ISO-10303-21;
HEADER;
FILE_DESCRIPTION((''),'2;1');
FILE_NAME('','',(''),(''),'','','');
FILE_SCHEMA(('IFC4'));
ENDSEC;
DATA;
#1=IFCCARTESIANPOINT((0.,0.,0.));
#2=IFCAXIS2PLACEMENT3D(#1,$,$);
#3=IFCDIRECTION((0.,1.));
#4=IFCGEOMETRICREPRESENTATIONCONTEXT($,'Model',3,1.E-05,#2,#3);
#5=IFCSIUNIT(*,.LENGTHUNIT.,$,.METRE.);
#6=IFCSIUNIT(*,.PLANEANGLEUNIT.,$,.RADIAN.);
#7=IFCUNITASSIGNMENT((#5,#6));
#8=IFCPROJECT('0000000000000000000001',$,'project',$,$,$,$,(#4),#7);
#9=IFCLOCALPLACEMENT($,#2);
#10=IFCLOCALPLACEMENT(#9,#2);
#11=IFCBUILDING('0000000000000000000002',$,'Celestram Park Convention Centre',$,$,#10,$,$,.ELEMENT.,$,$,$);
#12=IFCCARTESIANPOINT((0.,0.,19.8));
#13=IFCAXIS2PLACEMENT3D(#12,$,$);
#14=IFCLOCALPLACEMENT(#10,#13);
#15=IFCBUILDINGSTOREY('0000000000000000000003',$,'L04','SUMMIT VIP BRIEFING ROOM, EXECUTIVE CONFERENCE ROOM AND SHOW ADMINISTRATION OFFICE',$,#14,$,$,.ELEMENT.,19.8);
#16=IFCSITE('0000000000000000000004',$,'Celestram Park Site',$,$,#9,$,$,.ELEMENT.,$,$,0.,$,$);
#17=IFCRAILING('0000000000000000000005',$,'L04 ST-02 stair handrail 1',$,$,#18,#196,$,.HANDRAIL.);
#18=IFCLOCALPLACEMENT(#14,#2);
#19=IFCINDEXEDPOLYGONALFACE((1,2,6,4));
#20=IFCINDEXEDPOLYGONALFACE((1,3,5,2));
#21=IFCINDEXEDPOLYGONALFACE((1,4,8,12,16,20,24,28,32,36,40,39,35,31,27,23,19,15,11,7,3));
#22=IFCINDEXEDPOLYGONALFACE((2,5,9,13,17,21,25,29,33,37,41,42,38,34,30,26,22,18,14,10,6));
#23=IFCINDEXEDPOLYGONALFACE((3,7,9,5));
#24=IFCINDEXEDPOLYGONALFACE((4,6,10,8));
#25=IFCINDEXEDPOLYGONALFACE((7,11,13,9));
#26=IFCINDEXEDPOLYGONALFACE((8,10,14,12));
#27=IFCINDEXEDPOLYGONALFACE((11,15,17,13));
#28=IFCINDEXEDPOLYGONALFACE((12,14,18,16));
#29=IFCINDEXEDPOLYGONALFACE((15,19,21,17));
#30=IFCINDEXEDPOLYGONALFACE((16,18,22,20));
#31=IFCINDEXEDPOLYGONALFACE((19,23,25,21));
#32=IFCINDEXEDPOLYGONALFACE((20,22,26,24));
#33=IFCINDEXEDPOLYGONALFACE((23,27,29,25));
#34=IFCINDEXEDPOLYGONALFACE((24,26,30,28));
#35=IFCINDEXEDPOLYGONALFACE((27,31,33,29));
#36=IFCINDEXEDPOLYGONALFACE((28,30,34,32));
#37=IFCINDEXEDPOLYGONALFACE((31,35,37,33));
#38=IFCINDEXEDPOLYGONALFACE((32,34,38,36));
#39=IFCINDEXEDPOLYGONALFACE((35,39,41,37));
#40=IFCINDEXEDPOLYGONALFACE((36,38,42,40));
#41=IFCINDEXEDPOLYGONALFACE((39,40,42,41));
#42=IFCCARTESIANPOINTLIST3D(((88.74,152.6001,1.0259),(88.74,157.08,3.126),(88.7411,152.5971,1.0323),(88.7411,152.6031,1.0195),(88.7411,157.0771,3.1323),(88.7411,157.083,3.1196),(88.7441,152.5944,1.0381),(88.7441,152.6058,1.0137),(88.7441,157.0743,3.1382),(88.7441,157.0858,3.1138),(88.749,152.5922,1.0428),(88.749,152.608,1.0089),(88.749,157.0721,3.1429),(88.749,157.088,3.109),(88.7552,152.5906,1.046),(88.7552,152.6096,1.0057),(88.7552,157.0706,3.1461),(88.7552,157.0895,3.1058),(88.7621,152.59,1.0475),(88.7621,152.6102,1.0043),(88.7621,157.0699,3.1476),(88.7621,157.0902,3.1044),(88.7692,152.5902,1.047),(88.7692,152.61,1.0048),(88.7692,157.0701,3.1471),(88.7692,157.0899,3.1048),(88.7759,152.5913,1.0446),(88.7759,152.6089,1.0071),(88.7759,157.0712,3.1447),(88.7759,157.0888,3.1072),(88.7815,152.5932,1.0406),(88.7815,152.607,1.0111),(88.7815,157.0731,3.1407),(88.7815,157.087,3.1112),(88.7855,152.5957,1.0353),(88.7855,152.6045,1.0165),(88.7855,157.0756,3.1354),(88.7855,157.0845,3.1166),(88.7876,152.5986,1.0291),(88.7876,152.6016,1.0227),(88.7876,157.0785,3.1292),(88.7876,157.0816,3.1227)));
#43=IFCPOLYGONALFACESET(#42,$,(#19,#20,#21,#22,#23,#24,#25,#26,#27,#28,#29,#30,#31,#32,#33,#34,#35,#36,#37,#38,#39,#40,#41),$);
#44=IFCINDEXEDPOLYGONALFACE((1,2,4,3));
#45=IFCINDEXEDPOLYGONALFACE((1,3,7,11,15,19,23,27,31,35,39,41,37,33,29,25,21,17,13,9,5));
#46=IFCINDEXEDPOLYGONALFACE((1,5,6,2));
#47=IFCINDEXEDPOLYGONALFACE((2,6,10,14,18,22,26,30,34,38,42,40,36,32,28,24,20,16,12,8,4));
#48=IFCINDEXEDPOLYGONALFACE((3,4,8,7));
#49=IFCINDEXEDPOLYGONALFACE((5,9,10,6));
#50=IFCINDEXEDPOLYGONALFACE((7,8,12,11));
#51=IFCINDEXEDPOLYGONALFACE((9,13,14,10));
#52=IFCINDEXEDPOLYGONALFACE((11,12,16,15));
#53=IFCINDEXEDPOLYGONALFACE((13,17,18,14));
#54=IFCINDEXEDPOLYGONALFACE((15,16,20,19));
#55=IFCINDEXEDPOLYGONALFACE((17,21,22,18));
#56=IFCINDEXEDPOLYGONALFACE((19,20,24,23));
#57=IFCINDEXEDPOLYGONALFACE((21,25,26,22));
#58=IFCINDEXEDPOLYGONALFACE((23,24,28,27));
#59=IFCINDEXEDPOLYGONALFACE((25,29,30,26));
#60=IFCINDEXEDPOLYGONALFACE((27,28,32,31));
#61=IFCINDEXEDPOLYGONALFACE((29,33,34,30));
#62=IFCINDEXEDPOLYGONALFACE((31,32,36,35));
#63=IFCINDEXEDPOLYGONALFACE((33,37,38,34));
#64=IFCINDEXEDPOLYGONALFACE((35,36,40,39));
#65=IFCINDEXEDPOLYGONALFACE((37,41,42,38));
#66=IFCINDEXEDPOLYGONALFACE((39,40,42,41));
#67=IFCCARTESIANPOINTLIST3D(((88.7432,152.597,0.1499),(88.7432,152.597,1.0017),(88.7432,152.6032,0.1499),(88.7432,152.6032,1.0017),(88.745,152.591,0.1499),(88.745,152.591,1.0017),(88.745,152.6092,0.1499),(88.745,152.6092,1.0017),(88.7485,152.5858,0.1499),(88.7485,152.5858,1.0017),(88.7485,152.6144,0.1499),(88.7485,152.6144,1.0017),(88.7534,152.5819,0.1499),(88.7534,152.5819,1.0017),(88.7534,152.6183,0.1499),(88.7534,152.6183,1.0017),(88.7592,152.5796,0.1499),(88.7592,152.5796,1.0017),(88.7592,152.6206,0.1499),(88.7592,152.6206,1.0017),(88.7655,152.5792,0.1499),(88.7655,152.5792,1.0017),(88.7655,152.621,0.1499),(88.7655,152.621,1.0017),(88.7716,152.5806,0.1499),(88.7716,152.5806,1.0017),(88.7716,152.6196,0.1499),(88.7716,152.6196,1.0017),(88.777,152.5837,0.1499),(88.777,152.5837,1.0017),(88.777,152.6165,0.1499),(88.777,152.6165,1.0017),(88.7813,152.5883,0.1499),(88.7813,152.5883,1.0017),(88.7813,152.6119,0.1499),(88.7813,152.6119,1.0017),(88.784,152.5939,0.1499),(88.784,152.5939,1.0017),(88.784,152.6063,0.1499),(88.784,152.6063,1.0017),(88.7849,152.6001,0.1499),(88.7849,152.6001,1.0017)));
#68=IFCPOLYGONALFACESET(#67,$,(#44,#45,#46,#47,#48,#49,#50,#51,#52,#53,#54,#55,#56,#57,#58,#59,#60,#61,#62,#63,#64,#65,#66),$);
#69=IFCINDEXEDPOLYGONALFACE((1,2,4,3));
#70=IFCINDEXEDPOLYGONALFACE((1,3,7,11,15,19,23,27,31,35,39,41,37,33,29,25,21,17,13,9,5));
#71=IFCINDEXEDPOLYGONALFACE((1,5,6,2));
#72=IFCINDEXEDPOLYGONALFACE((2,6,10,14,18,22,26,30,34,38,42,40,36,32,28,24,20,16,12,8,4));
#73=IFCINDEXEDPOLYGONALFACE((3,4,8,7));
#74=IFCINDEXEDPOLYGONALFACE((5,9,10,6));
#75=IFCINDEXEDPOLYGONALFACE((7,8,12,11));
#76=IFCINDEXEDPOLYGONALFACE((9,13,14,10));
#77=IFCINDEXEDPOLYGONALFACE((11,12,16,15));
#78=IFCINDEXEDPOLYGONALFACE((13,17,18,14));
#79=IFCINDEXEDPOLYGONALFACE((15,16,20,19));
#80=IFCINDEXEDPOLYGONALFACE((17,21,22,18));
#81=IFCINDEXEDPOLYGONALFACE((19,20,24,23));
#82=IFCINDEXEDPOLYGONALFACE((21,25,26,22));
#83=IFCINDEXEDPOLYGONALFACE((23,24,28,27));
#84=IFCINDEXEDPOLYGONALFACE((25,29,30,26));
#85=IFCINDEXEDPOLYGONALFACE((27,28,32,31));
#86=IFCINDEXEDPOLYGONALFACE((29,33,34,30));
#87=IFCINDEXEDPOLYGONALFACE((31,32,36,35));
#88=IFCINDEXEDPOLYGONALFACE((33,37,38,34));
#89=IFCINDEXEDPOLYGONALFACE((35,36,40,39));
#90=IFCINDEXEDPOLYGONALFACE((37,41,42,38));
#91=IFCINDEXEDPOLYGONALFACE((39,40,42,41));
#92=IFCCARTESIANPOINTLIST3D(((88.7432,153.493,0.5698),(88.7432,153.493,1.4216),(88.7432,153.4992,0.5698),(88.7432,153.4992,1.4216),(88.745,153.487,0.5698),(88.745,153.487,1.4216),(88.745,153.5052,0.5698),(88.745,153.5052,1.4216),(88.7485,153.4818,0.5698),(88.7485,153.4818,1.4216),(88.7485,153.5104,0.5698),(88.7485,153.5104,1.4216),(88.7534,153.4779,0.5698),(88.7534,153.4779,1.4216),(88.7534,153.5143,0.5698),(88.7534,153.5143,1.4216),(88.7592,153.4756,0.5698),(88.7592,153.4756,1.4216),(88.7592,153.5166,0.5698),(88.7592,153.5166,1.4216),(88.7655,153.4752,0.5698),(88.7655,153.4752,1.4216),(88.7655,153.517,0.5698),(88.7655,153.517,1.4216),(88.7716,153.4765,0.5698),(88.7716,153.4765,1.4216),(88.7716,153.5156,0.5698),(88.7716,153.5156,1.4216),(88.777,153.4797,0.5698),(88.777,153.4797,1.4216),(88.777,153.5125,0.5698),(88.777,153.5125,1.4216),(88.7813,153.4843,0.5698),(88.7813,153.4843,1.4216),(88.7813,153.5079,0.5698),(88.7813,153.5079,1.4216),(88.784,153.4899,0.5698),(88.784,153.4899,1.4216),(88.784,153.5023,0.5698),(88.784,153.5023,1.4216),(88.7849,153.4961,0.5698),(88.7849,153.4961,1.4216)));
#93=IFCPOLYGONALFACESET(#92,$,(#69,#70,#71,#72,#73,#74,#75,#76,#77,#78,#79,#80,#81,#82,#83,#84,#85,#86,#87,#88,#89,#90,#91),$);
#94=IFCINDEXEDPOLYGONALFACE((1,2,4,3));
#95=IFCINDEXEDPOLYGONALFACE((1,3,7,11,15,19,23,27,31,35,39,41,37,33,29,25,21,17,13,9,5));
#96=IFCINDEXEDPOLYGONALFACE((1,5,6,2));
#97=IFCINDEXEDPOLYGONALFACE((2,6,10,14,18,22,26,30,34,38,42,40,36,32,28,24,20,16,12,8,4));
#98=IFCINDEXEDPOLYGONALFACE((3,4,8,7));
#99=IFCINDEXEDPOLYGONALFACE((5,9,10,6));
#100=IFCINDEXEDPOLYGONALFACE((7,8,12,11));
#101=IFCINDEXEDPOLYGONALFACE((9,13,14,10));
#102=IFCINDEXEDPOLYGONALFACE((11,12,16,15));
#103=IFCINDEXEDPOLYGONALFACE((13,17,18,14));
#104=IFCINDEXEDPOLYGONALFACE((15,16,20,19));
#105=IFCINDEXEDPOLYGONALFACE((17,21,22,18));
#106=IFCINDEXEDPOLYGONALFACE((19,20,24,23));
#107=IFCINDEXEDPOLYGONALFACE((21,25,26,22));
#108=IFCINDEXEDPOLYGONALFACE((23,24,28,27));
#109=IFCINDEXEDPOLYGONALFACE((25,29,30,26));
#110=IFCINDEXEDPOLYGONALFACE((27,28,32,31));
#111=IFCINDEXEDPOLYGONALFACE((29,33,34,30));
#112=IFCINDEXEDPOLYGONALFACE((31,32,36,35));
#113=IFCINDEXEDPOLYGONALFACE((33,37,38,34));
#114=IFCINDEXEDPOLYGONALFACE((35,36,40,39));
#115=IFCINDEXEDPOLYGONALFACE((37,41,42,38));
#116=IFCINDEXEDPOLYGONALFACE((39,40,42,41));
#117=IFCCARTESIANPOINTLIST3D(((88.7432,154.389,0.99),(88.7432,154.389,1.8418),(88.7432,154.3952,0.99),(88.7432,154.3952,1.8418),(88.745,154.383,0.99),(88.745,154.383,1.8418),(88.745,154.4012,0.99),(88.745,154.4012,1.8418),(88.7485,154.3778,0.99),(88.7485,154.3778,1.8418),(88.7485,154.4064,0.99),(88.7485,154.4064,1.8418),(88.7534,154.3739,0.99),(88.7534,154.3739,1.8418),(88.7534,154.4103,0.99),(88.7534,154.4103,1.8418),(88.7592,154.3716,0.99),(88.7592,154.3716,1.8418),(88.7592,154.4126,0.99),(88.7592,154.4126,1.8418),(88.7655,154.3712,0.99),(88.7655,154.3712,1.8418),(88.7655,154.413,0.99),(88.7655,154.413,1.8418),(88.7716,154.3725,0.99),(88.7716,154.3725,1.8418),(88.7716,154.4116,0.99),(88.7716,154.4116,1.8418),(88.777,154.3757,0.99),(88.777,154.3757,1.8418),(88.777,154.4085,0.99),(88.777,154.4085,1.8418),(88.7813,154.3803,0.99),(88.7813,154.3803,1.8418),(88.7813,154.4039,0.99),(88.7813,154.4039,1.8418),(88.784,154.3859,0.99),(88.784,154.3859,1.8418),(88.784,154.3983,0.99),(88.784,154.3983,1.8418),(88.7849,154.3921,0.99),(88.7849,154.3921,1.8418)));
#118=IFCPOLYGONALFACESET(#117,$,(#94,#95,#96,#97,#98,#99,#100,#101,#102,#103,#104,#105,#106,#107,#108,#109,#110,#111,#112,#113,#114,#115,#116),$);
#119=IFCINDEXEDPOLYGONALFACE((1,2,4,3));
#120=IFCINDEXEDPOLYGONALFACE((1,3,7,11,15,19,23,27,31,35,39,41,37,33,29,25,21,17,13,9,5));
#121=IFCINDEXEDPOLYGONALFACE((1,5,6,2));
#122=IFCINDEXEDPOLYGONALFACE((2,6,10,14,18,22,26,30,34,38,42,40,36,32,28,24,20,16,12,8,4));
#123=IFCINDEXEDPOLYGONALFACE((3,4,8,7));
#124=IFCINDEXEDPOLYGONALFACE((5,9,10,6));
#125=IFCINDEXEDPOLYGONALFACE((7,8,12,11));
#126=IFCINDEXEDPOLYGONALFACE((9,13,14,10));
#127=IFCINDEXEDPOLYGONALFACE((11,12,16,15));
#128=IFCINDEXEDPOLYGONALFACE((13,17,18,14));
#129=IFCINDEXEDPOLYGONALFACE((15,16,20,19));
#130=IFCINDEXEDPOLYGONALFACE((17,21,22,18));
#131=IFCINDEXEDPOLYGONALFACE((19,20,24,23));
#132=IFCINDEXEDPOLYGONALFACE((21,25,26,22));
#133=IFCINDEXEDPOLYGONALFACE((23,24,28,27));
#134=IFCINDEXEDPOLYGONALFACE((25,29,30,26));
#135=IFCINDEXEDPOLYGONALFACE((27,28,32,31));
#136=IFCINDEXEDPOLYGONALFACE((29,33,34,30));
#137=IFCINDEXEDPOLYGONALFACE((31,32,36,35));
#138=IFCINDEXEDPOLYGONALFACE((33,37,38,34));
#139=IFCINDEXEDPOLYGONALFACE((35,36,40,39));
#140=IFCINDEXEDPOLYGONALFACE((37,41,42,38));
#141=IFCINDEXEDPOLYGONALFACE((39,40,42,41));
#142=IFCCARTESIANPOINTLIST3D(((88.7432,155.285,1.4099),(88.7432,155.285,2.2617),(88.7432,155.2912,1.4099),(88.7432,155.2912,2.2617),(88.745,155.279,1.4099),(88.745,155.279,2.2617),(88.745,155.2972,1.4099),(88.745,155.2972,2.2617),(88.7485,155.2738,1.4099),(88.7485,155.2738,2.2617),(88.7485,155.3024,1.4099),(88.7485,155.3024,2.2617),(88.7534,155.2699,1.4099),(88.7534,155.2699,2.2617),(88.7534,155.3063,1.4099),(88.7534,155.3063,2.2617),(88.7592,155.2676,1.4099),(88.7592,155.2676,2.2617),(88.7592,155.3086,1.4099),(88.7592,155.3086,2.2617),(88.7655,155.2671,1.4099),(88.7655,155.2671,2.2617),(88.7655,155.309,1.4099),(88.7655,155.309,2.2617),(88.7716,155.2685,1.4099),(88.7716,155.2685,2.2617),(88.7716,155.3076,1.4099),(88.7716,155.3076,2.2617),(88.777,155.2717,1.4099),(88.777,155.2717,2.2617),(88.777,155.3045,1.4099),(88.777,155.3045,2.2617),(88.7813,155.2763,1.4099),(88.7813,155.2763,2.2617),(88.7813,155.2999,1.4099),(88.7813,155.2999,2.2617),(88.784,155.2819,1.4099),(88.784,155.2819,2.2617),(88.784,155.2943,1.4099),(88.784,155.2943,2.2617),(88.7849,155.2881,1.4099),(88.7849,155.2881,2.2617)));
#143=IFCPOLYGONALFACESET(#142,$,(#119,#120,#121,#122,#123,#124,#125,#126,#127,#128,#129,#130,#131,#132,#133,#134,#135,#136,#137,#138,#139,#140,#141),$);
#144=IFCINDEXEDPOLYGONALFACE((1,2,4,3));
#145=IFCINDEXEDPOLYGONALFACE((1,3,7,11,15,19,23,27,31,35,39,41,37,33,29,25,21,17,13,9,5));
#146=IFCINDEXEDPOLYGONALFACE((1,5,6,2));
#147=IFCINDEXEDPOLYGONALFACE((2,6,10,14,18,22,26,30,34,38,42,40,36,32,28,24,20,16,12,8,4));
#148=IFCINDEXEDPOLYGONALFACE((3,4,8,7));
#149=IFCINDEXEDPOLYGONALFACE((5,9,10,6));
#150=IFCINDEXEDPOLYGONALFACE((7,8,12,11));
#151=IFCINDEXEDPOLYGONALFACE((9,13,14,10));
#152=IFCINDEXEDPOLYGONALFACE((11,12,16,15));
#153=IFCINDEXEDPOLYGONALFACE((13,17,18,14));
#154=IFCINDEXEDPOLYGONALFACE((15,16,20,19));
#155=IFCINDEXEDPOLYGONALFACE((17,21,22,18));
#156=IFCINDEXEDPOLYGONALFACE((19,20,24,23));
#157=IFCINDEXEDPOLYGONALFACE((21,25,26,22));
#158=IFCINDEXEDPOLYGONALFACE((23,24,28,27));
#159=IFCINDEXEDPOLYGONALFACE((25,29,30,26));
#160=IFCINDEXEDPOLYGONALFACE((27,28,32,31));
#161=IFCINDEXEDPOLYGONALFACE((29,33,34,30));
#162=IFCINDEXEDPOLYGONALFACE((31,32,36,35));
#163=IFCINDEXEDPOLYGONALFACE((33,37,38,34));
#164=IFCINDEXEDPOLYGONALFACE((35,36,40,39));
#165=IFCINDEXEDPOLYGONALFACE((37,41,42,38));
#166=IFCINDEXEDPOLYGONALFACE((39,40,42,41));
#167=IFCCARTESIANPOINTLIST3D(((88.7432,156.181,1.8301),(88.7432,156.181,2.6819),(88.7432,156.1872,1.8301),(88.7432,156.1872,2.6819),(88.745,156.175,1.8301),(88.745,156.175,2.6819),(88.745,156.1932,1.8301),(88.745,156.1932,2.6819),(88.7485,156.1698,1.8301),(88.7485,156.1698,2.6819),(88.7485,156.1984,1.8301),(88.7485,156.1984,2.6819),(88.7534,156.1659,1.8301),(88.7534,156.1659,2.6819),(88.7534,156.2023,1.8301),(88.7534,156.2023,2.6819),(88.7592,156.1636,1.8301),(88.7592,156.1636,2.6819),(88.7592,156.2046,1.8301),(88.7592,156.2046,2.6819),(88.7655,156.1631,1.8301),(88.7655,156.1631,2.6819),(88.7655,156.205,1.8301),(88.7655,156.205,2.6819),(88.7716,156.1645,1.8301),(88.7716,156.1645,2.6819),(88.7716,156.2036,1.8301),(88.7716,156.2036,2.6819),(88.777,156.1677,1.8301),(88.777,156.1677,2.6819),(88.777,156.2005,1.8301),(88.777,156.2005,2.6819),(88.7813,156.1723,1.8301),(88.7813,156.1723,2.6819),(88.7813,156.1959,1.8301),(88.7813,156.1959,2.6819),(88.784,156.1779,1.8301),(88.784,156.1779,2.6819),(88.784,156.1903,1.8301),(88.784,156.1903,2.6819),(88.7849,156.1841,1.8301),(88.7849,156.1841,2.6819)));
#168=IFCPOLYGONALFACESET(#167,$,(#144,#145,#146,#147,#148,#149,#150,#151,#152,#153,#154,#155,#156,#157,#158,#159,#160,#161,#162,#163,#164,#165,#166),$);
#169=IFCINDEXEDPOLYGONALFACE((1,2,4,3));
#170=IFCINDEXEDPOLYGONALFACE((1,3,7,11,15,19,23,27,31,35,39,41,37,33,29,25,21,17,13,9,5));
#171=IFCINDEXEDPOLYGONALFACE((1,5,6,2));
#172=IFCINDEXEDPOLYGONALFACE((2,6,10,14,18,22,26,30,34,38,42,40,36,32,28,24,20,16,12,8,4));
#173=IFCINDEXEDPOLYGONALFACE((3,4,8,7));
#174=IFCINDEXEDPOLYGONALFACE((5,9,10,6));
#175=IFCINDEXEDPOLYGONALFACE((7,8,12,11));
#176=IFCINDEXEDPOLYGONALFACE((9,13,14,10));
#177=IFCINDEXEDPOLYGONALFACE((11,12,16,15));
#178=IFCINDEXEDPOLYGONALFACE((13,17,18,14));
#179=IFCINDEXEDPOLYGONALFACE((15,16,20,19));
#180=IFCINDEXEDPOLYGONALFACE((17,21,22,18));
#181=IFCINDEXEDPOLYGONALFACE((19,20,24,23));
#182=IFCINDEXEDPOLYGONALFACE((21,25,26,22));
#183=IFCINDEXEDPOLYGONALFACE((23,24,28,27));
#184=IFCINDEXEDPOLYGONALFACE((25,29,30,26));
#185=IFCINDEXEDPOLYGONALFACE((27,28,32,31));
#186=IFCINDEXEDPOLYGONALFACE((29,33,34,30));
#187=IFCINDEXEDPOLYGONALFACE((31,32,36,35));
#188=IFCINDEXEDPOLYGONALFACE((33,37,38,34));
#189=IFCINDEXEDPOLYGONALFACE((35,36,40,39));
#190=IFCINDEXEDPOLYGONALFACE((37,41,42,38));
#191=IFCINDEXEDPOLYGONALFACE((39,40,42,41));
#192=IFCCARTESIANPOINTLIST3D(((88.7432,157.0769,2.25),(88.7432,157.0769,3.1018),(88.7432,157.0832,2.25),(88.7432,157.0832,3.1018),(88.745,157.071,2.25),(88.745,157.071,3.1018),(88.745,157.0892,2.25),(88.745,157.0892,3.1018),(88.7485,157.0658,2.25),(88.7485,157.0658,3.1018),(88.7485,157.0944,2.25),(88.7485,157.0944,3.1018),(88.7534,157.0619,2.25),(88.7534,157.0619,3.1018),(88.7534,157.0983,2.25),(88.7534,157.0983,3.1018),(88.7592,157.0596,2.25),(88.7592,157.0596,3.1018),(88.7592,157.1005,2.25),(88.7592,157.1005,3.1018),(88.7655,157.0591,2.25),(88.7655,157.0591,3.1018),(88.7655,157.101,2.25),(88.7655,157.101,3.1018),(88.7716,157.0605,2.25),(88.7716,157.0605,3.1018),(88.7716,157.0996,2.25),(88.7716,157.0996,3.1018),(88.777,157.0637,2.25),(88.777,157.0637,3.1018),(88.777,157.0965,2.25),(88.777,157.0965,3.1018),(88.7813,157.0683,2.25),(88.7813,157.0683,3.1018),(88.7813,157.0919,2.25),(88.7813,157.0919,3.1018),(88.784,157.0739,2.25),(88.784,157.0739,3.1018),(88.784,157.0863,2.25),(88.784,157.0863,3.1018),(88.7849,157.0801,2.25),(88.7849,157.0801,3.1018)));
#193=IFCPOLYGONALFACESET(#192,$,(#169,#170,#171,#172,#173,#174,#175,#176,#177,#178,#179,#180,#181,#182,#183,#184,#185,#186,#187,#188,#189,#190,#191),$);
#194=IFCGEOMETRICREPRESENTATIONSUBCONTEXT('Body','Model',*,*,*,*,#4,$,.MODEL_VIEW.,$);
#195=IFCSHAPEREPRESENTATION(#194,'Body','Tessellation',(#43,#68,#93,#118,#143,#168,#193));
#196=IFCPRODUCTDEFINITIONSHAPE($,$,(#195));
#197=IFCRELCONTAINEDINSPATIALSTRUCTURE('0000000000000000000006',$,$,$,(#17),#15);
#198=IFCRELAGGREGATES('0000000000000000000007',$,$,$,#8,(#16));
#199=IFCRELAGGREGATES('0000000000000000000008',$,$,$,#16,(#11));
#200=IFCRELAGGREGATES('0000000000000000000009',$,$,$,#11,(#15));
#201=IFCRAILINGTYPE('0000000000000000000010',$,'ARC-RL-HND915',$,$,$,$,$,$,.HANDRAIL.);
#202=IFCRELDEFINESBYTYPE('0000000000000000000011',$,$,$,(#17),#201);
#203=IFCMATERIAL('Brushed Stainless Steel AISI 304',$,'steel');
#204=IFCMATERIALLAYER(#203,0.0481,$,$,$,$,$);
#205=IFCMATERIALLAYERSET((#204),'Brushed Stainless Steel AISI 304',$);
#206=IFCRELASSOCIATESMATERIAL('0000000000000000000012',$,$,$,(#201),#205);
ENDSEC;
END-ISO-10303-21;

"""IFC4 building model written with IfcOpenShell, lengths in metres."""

from ifc_helpers import new_model, si_unit, direction, frame, origin, origin_2d, place, context, subcontext, project, spatial, circle, extrude, material, layer, layer_set, type_object, element, save


model = new_model("IFC4")

# Units and contexts
model_context = context("Model", 3, precision=1e-05, world=origin(), true_north=direction((0.0, 1.0)))
body_context = subcontext(model_context, "Body", "Model", "MODEL_VIEW")
ifc_project = project(units=[si_unit("LENGTHUNIT", "METRE"), si_unit("PLANEANGLEUNIT", "RADIAN")], contexts=[model_context])

# Site, building, storey
site_placement = place(None, origin())
site = spatial("IfcSite", under=ifc_project, at=site_placement, Name="Celestram Park Site", CompositionType="ELEMENT", RefElevation=0.0)
building_placement = place(site_placement, origin())
building = spatial("IfcBuilding", under=site, at=building_placement, Name="Celestram Park Convention Centre", CompositionType="ELEMENT")
storey_placement = place(building_placement, frame((0.0, 0.0, 19.8)))
storey = spatial("IfcBuildingStorey", under=building, at=storey_placement, Name="L04", Description="SUMMIT VIP BRIEFING ROOM, EXECUTIVE CONFERENCE ROOM AND SHOW ADMINISTRATION OFFICE", CompositionType="ELEMENT", Elevation=19.8)

# Railing
ifc_material_1 = material(Name="Brushed Stainless Steel AISI 304", Category="steel")
ifc_layer_1 = layer(ifc_material_1, 0.0481)
ifc_layer_set_1 = layer_set([ifc_layer_1], Name="Brushed Stainless Steel AISI 304")
railing_type_1 = type_object("IfcRailingType", Name="ARC-RL-HND915", PredefinedType="HANDRAIL", material=ifc_layer_set_1)
railing_1_placement = place(storey_placement, frame((88.7639, 152.6001, 0.1499)))
element("IfcRailing", 1, at=railing_1_placement, inside=storey, type_object=railing_type_1, Name="L04 ST-02 stair handrail 1", PredefinedType="HANDRAIL", context=body_context, shape_type="SweptSolid", body=[
    extrude(circle(Radius=0.0239, at=origin_2d()), frame((0.0, 0.0, 0.876), z_axis=(0.0, 0.905451, 0.424452), x_axis=(-1.0, 0.0, 0.0)), (0.0, 0.0, 1.0), 4.9478),
    extrude(circle(Radius=0.021, at=origin_2d()), origin(), (0.0, 0.0, 1.0), 0.8518),
    extrude(circle(Radius=0.021, at=origin_2d()), frame((0.0, 0.896, 0.4199)), (0.0, 0.0, 1.0), 0.8518),
    extrude(circle(Radius=0.021, at=origin_2d()), frame((0.0, 1.792, 0.8401)), (0.0, 0.0, 1.0), 0.8518),
    extrude(circle(Radius=0.021, at=origin_2d()), frame((0.0, 2.688, 1.26)), (0.0, 0.0, 1.0), 0.8518),
    extrude(circle(Radius=0.021, at=origin_2d()), frame((0.0, 3.584, 1.6802)), (0.0, 0.0, 1.0), 0.8518),
    extrude(circle(Radius=0.021, at=origin_2d()), frame((0.0, 4.48, 2.1001)), (0.0, 0.0, 1.0), 0.8518),
])

save(model, "model.ifc")
